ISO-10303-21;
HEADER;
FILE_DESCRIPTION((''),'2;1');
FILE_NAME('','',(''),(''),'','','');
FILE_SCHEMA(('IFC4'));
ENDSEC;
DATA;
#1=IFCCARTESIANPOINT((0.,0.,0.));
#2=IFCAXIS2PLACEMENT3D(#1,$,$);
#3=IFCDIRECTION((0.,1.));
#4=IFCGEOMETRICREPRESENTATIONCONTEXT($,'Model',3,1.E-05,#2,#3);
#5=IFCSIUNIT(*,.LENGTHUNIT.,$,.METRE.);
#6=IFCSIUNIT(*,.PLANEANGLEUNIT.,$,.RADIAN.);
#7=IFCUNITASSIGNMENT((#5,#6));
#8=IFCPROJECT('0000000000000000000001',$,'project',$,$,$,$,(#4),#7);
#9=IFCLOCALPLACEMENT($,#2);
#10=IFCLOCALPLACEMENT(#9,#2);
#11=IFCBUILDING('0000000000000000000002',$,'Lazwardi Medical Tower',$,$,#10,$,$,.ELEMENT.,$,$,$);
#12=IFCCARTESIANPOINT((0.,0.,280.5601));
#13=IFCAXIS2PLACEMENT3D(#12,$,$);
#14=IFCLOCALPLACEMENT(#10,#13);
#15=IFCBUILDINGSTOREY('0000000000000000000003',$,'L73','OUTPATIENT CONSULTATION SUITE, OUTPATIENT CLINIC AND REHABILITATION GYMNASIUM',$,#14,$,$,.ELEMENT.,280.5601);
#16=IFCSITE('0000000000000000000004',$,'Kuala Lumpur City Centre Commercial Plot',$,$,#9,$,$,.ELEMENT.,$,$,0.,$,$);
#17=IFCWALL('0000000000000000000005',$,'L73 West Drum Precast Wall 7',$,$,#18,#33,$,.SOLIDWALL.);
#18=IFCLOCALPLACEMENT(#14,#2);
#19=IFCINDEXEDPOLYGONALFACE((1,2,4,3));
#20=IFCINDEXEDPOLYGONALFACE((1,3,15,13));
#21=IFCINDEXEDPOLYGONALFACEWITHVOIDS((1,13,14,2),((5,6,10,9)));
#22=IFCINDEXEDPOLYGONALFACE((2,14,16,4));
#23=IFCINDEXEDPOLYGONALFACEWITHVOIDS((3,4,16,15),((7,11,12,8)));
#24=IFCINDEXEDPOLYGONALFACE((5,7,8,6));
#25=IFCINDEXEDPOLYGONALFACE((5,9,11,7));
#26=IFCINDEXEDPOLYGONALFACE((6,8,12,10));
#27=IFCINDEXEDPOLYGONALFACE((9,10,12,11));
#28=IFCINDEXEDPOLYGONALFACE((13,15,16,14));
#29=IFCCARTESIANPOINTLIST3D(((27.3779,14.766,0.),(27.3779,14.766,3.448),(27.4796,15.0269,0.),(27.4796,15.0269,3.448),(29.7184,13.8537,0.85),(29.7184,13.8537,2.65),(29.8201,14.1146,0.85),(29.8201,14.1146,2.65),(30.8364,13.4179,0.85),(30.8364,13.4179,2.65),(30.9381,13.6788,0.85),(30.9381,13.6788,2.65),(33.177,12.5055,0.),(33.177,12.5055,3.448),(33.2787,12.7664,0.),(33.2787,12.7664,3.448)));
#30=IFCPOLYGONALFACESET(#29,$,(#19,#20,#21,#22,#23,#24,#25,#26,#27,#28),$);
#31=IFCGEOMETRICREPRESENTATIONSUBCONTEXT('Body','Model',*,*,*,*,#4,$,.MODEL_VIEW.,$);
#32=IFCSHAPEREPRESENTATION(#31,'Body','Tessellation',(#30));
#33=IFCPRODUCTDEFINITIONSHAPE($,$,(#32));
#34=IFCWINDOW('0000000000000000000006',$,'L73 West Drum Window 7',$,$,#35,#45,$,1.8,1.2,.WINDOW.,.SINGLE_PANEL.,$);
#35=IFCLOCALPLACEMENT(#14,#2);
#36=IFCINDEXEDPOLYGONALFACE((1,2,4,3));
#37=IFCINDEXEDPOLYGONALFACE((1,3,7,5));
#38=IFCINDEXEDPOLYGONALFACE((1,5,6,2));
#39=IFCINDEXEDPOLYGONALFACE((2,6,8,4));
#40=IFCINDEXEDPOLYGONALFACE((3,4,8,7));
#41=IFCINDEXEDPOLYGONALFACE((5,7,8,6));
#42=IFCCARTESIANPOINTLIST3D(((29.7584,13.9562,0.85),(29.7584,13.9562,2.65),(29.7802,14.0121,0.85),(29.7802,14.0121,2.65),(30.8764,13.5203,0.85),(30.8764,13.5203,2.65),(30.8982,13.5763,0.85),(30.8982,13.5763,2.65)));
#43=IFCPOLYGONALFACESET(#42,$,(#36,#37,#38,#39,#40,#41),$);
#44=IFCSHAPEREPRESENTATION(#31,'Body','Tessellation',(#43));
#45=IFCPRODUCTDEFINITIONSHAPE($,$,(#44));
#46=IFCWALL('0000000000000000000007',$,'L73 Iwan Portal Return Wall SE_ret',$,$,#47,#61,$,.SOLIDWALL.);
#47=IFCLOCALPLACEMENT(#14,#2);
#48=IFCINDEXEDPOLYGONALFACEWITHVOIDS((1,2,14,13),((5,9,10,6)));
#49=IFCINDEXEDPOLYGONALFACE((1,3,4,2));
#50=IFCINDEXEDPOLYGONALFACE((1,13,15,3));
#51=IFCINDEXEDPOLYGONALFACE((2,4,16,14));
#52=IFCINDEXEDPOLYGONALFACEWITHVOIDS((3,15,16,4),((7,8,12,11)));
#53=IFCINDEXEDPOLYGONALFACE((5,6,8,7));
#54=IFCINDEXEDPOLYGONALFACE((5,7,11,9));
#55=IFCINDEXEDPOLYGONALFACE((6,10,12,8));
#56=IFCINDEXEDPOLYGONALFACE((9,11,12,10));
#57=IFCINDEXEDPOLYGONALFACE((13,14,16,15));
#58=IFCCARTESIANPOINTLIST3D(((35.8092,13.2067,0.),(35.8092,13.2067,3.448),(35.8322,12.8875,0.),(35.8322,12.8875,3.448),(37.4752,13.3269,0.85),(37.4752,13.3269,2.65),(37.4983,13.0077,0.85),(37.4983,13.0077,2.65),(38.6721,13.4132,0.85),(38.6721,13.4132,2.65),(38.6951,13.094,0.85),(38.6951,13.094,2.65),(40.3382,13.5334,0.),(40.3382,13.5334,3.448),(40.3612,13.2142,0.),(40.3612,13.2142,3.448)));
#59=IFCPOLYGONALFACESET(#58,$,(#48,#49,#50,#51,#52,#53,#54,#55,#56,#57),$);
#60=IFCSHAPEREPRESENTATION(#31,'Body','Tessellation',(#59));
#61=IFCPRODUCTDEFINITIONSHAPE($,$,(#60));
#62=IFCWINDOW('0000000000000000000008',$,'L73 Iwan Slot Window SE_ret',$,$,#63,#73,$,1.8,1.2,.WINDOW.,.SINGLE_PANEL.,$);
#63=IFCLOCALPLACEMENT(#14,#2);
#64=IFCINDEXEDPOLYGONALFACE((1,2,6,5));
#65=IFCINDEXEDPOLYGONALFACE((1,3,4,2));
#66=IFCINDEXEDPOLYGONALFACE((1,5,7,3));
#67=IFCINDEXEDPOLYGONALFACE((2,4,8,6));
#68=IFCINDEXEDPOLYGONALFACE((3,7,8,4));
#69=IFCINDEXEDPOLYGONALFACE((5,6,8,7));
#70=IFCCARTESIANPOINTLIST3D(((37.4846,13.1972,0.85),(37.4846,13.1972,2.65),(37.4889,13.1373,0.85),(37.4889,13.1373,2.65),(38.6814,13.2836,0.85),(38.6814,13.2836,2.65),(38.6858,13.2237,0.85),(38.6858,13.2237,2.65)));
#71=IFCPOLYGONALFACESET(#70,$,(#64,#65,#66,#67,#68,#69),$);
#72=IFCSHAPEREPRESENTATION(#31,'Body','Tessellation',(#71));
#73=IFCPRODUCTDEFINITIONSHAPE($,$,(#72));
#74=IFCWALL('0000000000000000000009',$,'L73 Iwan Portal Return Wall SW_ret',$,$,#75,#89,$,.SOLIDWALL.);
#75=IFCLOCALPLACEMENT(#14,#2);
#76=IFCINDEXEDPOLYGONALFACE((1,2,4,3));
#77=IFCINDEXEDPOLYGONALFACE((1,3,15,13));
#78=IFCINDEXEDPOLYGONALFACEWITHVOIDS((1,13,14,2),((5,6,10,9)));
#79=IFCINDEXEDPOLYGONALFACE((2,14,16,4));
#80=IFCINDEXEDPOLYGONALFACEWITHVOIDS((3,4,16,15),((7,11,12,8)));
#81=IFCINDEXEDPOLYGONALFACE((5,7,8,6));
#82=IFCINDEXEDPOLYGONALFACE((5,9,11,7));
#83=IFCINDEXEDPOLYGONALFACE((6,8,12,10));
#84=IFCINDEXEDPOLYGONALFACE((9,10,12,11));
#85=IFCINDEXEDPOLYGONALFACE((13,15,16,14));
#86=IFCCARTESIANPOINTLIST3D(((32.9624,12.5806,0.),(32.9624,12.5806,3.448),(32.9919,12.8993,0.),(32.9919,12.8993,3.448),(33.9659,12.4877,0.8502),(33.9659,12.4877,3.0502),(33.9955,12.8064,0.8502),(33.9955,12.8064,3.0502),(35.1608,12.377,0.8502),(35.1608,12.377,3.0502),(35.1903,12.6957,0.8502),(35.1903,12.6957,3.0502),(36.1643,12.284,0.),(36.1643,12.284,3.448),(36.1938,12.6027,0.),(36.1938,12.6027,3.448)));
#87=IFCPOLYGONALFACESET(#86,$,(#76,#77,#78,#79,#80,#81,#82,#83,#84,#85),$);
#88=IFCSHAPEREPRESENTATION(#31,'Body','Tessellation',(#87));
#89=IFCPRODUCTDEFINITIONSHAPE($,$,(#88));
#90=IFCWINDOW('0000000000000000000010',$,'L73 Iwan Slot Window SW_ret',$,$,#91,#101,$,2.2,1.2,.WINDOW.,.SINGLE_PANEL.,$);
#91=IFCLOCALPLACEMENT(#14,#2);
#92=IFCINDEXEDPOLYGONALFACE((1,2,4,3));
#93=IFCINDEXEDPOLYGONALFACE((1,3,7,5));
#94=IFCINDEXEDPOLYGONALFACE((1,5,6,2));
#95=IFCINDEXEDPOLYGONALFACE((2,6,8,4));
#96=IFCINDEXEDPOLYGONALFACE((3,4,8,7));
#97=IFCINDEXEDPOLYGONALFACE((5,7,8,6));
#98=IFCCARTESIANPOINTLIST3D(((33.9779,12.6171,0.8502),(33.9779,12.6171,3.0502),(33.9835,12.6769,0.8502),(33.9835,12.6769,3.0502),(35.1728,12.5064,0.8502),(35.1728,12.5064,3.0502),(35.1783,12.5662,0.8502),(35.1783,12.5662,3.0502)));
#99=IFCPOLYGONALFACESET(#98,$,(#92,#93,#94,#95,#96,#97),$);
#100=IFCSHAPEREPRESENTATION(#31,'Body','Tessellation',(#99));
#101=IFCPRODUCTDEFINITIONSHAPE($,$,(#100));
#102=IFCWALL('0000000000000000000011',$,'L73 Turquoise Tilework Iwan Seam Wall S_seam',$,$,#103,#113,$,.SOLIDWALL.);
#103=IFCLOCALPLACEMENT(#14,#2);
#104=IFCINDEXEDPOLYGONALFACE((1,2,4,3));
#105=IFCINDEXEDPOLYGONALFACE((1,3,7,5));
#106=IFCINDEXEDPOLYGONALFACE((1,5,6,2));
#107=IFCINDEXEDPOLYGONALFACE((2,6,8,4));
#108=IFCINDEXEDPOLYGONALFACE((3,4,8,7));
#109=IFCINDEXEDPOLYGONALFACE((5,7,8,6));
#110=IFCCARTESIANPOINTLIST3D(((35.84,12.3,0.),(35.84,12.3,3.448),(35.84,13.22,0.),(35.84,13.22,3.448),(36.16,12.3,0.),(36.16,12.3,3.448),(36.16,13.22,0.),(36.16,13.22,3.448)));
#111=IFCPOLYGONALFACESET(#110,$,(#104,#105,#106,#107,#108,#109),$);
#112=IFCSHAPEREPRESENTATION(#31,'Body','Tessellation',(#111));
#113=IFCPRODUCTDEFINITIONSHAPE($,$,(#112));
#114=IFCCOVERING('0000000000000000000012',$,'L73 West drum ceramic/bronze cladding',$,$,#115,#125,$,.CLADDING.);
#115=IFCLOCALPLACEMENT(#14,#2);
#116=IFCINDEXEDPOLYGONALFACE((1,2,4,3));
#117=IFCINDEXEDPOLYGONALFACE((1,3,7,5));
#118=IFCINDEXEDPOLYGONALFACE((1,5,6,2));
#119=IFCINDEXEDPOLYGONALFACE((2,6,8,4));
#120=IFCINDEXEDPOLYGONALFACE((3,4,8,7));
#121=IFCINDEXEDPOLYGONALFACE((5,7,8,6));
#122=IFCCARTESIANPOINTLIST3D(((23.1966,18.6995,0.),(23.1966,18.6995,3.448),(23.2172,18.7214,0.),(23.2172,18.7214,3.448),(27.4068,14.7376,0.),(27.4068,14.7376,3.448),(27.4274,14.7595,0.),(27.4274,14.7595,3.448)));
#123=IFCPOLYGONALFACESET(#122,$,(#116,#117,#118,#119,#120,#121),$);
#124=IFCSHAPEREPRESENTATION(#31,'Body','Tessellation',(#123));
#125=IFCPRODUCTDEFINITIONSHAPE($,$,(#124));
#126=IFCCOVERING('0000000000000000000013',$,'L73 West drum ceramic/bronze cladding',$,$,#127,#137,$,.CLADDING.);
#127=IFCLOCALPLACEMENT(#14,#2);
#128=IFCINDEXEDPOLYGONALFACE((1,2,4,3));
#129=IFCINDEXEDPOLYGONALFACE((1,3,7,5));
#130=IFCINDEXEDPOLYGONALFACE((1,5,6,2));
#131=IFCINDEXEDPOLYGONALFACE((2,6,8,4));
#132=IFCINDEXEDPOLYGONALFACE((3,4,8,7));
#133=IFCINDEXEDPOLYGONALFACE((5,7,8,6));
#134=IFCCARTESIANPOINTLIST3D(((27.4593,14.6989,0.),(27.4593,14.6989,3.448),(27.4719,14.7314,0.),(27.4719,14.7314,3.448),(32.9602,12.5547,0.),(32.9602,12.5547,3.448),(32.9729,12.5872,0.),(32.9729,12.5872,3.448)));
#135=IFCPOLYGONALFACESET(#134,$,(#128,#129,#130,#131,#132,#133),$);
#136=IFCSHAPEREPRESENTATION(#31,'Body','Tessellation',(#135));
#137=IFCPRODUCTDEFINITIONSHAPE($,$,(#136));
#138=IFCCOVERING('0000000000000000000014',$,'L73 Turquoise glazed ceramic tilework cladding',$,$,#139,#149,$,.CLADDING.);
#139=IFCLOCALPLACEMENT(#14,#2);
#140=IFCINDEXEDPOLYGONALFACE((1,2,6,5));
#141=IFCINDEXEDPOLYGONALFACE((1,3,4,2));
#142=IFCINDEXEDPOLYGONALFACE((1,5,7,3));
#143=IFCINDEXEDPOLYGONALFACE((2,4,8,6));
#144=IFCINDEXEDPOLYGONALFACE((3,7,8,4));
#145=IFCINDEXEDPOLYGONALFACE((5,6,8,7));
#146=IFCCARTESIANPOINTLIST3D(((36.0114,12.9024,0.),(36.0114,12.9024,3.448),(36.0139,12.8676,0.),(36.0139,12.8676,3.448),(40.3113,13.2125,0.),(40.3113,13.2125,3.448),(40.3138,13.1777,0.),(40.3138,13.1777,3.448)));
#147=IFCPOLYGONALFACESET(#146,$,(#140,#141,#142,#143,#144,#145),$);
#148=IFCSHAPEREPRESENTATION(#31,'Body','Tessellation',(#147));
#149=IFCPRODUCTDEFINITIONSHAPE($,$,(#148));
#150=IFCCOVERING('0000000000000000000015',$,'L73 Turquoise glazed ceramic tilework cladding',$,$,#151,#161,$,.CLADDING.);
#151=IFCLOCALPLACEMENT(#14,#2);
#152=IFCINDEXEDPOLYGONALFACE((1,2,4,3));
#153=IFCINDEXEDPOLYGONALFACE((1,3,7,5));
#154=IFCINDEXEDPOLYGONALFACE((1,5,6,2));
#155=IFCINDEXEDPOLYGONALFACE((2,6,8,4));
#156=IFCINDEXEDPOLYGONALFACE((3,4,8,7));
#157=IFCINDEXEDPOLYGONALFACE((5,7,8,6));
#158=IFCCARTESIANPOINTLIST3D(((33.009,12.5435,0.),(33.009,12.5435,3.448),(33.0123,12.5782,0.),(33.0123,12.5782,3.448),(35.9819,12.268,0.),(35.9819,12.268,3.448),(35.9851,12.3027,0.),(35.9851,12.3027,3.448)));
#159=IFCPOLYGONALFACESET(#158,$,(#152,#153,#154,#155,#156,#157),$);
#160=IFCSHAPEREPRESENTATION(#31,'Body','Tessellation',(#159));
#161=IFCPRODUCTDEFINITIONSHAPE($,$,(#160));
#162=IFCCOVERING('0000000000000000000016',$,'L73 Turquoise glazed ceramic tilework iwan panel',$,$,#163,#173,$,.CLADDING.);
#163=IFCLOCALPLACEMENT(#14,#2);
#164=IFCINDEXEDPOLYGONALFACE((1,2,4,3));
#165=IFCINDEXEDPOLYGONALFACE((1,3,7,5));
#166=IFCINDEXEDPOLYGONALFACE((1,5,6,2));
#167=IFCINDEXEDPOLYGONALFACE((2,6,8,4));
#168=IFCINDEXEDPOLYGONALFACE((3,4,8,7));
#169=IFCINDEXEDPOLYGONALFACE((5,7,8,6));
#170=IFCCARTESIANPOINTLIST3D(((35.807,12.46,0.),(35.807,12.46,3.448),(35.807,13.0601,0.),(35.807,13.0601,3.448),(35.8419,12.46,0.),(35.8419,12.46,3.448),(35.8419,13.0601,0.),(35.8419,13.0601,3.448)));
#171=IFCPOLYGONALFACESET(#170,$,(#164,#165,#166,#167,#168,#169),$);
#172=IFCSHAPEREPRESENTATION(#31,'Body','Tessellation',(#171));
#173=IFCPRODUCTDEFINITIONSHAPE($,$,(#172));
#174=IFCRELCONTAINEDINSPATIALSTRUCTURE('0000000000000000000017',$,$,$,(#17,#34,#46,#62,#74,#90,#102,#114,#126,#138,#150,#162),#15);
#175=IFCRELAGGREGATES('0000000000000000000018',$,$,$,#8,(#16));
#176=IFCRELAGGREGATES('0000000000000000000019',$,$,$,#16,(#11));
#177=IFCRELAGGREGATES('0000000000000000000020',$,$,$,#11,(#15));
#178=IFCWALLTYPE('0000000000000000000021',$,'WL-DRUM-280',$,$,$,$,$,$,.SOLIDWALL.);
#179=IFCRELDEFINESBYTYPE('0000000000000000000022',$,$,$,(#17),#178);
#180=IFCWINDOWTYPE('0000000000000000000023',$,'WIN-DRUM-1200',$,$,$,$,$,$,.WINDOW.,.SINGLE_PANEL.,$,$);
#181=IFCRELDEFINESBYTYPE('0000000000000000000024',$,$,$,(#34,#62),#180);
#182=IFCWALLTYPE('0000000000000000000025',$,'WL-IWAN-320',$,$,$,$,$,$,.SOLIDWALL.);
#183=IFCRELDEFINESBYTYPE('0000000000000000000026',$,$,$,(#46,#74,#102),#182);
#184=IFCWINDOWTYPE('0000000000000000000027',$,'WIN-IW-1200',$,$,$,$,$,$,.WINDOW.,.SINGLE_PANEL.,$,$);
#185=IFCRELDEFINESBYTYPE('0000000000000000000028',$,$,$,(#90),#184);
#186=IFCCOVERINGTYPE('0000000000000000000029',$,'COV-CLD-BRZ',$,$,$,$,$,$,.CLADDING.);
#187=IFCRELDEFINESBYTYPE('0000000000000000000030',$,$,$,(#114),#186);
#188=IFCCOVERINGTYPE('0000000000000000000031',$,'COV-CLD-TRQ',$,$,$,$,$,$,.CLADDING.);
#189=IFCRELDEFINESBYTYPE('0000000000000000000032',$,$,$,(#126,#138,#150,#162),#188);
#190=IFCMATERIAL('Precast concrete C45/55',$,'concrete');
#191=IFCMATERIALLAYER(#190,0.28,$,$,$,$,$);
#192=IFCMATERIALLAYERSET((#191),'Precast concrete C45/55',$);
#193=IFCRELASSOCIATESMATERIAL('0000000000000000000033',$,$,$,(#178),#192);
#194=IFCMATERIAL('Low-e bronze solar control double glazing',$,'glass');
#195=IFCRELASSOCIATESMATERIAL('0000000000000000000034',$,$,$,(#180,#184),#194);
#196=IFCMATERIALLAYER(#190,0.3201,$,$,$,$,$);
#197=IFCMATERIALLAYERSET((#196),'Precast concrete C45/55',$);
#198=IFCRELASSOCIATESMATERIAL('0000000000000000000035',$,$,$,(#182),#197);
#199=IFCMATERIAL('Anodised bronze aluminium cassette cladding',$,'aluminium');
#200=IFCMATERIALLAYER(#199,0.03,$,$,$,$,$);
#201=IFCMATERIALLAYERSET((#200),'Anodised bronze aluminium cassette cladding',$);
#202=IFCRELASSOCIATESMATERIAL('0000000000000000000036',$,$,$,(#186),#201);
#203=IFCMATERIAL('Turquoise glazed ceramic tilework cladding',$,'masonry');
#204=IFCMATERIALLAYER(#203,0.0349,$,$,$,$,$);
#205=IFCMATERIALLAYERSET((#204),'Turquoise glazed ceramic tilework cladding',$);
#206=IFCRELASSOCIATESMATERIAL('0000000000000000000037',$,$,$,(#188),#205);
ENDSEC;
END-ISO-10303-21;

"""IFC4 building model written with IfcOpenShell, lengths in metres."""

from ifc_helpers import new_model, si_unit, direction, frame, frame_2d, origin, origin_2d, place, context, subcontext, project, spatial, rectangle, extrude, material, layer, layer_set, type_object, element, fill, save


model = new_model("IFC4")

# Units and contexts
model_context = context("Model", 3, precision=1e-05, world=origin(), true_north=direction((0.0, 1.0)))
body_context = subcontext(model_context, "Body", "Model", "MODEL_VIEW")
ifc_project = project(units=[si_unit("LENGTHUNIT", "METRE"), si_unit("PLANEANGLEUNIT", "RADIAN")], contexts=[model_context])

# Site, building, storey
site_placement = place(None, origin())
site = spatial("IfcSite", under=ifc_project, at=site_placement, Name="Kuala Lumpur City Centre Commercial Plot", CompositionType="ELEMENT", RefElevation=0.0)
building_placement = place(site_placement, origin())
building = spatial("IfcBuilding", under=site, at=building_placement, Name="Lazwardi Medical Tower", CompositionType="ELEMENT")
storey_placement = place(building_placement, frame((0.0, 0.0, 280.5601)))
storey = spatial("IfcBuildingStorey", under=building, at=storey_placement, Name="L73", Description="OUTPATIENT CONSULTATION SUITE, OUTPATIENT CLINIC AND REHABILITATION GYMNASIUM", CompositionType="ELEMENT", Elevation=280.5601)

# Walls, openings, windows
ifc_material_1 = material(Name="Precast concrete C45/55", Category="concrete")
ifc_layer_1 = layer(ifc_material_1, 0.28)
ifc_layer_set_1 = layer_set([ifc_layer_1], Name="Precast concrete C45/55")
wall_type_1 = type_object("IfcWallType", Name="WL-DRUM-280", PredefinedType="SOLIDWALL", material=ifc_layer_set_1)
wall_1_placement = place(storey_placement, frame((27.4287, 14.8965, 0.0), z_axis=(0.0, 0.0, 1.0), x_axis=(0.931717, -0.363186, 0.0)))
wall_1 = element("IfcWall", 1, at=wall_1_placement, inside=storey, type_object=wall_type_1, Name="L73 West Drum Precast Wall 7", PredefinedType="SOLIDWALL", context=body_context, shape_type="SweptSolid", body=[
    extrude(rectangle(XDim=6.2241, YDim=0.28, at=frame_2d((3.1121, 0.0))), origin(), (0.0, 0.0, 1.0), 3.448),
])
opening_1_placement = place(wall_1_placement, frame((2.512, 0.0, 0.8501)))
opening_1 = element("IfcOpeningElement", 2, at=opening_1_placement, cuts=wall_1, PredefinedType="OPENING", context=body_context, shape_type="SweptSolid", body=[
    extrude(rectangle(XDim=1.2, YDim=1.8, at=frame_2d((0.6001, 0.8999))), frame((0.0, 0.1499, 0.0), z_axis=(0.0, -1.0, 0.0), x_axis=(1.0, 0.0, 0.0)), (0.0, 0.0, 1.0), 0.3),
])
ifc_material_2 = material(Name="Low-e bronze solar control double glazing", Category="glass")
window_type_1 = type_object("IfcWindowType", Name="WIN-DRUM-1200", PartitioningType="SINGLE_PANEL", PredefinedType="WINDOW", material=ifc_material_2)
window_1_placement = place(opening_1_placement, origin())
window_1 = element("IfcWindow", 3, at=window_1_placement, inside=storey, type_object=window_type_1, Name="L73 West Drum Window 7", OverallHeight=1.8, OverallWidth=1.2, PartitioningType="SINGLE_PANEL", PredefinedType="WINDOW", context=body_context, shape_type="SweptSolid", body=[
    extrude(rectangle(XDim=1.2, YDim=1.8, at=frame_2d((0.6001, 0.8999))), frame((0.0, 0.03, 0.0), z_axis=(0.0, -1.0, 0.0), x_axis=(1.0, 0.0, 0.0)), (0.0, 0.0, 1.0), 0.0601),
])
fill(opening_1, window_1)
ifc_layer_2 = layer(ifc_material_1, 0.3201)
ifc_layer_set_2 = layer_set([ifc_layer_2], Name="Precast concrete C45/55")
wall_type_2 = type_object("IfcWallType", Name="WL-IWAN-320", PredefinedType="SOLIDWALL", material=ifc_layer_set_2)
wall_2_placement = place(storey_placement, frame((35.8206, 13.0471, 0.0), z_axis=(0.0, 0.0, 1.0), x_axis=(0.997409, 0.071939, 0.0)))
wall_2 = element("IfcWall", 4, at=wall_2_placement, inside=storey, type_object=wall_type_2, Name="L73 Iwan Portal Return Wall SE_ret", PredefinedType="SOLIDWALL", context=body_context, shape_type="SweptSolid", body=[
    extrude(rectangle(XDim=4.5408, YDim=0.3201, at=frame_2d((2.2705, 0.0))), origin(), (0.0, 0.0, 1.0), 3.448),
])
opening_2_placement = place(wall_2_placement, frame((1.6704, 0.0, 0.8501)))
opening_2 = element("IfcOpeningElement", 5, at=opening_2_placement, cuts=wall_2, PredefinedType="OPENING", context=body_context, shape_type="SweptSolid", body=[
    extrude(rectangle(XDim=1.2, YDim=1.8, at=frame_2d((0.6001, 0.8999))), frame((0.0, 0.1699, 0.0), z_axis=(0.0, -1.0, 0.0), x_axis=(1.0, 0.0, 0.0)), (0.0, 0.0, 1.0), 0.3401),
])
window_2_placement = place(opening_2_placement, origin())
window_2 = element("IfcWindow", 6, at=window_2_placement, inside=storey, type_object=window_type_1, Name="L73 Iwan Slot Window SE_ret", OverallHeight=1.8, OverallWidth=1.2, PartitioningType="SINGLE_PANEL", PredefinedType="WINDOW", context=body_context, shape_type="SweptSolid", body=[
    extrude(rectangle(XDim=1.2, YDim=1.8, at=frame_2d((0.6001, 0.8999))), frame((0.0, 0.03, 0.0), z_axis=(0.0, -1.0, 0.0), x_axis=(1.0, 0.0, 0.0)), (0.0, 0.0, 1.0), 0.0601),
])
fill(opening_2, window_2)
wall_3_placement = place(storey_placement, frame((32.9771, 12.74, 0.0), z_axis=(0.0, 0.0, 1.0), x_axis=(0.995736, -0.092247, 0.0)))
wall_3 = element("IfcWall", 7, at=wall_3_placement, inside=storey, type_object=wall_type_2, Name="L73 Iwan Portal Return Wall SW_ret", PredefinedType="SOLIDWALL", context=body_context, shape_type="SweptSolid", body=[
    extrude(rectangle(XDim=3.2156, YDim=0.3201, at=frame_2d((1.6079, 0.0))), origin(), (0.0, 0.0, 1.0), 3.448),
])
opening_3_placement = place(wall_3_placement, frame((1.0078, 0.0, 0.8501)))
opening_3 = element("IfcOpeningElement", 8, at=opening_3_placement, cuts=wall_3, PredefinedType="OPENING", context=body_context, shape_type="SweptSolid", body=[
    extrude(rectangle(XDim=1.2, YDim=2.2, at=frame_2d((0.6001, 1.1001))), frame((0.0, 0.1699, 0.0), z_axis=(0.0, -1.0, 0.0), x_axis=(1.0, 0.0, 0.0)), (0.0, 0.0, 1.0), 0.3401),
])
window_type_2 = type_object("IfcWindowType", Name="WIN-IW-1200", PartitioningType="SINGLE_PANEL", PredefinedType="WINDOW", material=ifc_material_2)
window_3_placement = place(opening_3_placement, origin())
window_3 = element("IfcWindow", 9, at=window_3_placement, inside=storey, type_object=window_type_2, Name="L73 Iwan Slot Window SW_ret", OverallHeight=2.2, OverallWidth=1.2, PartitioningType="SINGLE_PANEL", PredefinedType="WINDOW", context=body_context, shape_type="SweptSolid", body=[
    extrude(rectangle(XDim=1.2, YDim=2.2, at=frame_2d((0.6001, 1.1001))), frame((0.0, 0.03, 0.0), z_axis=(0.0, -1.0, 0.0), x_axis=(1.0, 0.0, 0.0)), (0.0, 0.0, 1.0), 0.0601),
])
fill(opening_3, window_3)

# Wall
wall_4_placement = place(storey_placement, frame((36.0, 12.3, 0.0), z_axis=(0.0, 0.0, 1.0), x_axis=(0.0, 1.0, 0.0)))
element("IfcWall", 10, at=wall_4_placement, inside=storey, type_object=wall_type_2, Name="L73 Turquoise Tilework Iwan Seam Wall S_seam", PredefinedType="SOLIDWALL", context=body_context, shape_type="SweptSolid", body=[
    extrude(rectangle(XDim=0.9199, YDim=0.3201, at=frame_2d((0.46, 0.0))), origin(), (0.0, 0.0, 1.0), 3.448),
])

# Coverings
ifc_material_3 = material(Name="Anodised bronze aluminium cassette cladding", Category="aluminium")
ifc_layer_3 = layer(ifc_material_3, 0.03)
ifc_layer_set_3 = layer_set([ifc_layer_3], Name="Anodised bronze aluminium cassette cladding")
covering_type_1 = type_object("IfcCoveringType", Name="COV-CLD-BRZ", PredefinedType="CLADDING", material=ifc_layer_set_3)
covering_1_placement = place(storey_placement, frame((25.312, 16.7295, 0.0), z_axis=(0.0, 0.0, 1.0), x_axis=(0.728255, -0.685306, 0.0)))
element("IfcCovering", 11, at=covering_1_placement, inside=storey, type_object=covering_type_1, Name="L73 West drum ceramic/bronze cladding", PredefinedType="CLADDING", context=body_context, shape_type="SweptSolid", body=[
    extrude(rectangle(XDim=5.7812, YDim=0.03, at=origin_2d()), origin(), (0.0, 0.0, 1.0), 3.448),
])
ifc_material_4 = material(Name="Turquoise glazed ceramic tilework cladding", Category="masonry")
ifc_layer_4 = layer(ifc_material_4, 0.0349)
ifc_layer_set_4 = layer_set([ifc_layer_4], Name="Turquoise glazed ceramic tilework cladding")
covering_type_2 = type_object("IfcCoveringType", Name="COV-CLD-TRQ", PredefinedType="CLADDING", material=ifc_layer_set_4)
covering_2_placement = place(storey_placement, frame((30.2161, 13.6431, 0.0), z_axis=(0.0, 0.0, 1.0), x_axis=(0.93172, -0.363176, 0.0)))
element("IfcCovering", 12, at=covering_2_placement, inside=storey, type_object=covering_type_2, Name="L73 West drum ceramic/bronze cladding", PredefinedType="CLADDING", context=body_context, shape_type="SweptSolid", body=[
    extrude(rectangle(XDim=5.9041, YDim=0.0349, at=origin_2d()), origin(), (0.0, 0.0, 1.0), 3.448),
])
covering_3_placement = place(storey_placement, frame((38.1626, 13.04, 0.0), z_axis=(0.0, 0.0, 1.0), x_axis=(0.997409, 0.071933, 0.0)))
element("IfcCovering", 13, at=covering_3_placement, inside=storey, type_object=covering_type_2, Name="L73 Turquoise glazed ceramic tilework cladding", PredefinedType="CLADDING", context=body_context, shape_type="SweptSolid", body=[
    extrude(rectangle(XDim=4.311, YDim=0.0349, at=origin_2d()), origin(), (0.0, 0.0, 1.0), 3.448),
])
covering_4_placement = place(storey_placement, frame((34.4971, 12.4231, 0.0), z_axis=(0.0, 0.0, 1.0), x_axis=(0.995734, -0.092275, 0.0)))
element("IfcCovering", 14, at=covering_4_placement, inside=storey, type_object=covering_type_2, Name="L73 Turquoise glazed ceramic tilework cladding", PredefinedType="CLADDING", context=body_context, shape_type="SweptSolid", body=[
    extrude(rectangle(XDim=2.9856, YDim=0.0349, at=origin_2d()), origin(), (0.0, 0.0, 1.0), 3.448),
])
covering_5_placement = place(storey_placement, frame((35.8245, 12.76, 0.0), z_axis=(0.0, 0.0, 1.0), x_axis=(0.0, 1.0, 0.0)))
element("IfcCovering", 15, at=covering_5_placement, inside=storey, type_object=covering_type_2, Name="L73 Turquoise glazed ceramic tilework iwan panel", PredefinedType="CLADDING", context=body_context, shape_type="SweptSolid", body=[
    extrude(rectangle(XDim=0.6001, YDim=0.0349, at=origin_2d()), origin(), (0.0, 0.0, 1.0), 3.448),
])

save(model, "model.ifc")
